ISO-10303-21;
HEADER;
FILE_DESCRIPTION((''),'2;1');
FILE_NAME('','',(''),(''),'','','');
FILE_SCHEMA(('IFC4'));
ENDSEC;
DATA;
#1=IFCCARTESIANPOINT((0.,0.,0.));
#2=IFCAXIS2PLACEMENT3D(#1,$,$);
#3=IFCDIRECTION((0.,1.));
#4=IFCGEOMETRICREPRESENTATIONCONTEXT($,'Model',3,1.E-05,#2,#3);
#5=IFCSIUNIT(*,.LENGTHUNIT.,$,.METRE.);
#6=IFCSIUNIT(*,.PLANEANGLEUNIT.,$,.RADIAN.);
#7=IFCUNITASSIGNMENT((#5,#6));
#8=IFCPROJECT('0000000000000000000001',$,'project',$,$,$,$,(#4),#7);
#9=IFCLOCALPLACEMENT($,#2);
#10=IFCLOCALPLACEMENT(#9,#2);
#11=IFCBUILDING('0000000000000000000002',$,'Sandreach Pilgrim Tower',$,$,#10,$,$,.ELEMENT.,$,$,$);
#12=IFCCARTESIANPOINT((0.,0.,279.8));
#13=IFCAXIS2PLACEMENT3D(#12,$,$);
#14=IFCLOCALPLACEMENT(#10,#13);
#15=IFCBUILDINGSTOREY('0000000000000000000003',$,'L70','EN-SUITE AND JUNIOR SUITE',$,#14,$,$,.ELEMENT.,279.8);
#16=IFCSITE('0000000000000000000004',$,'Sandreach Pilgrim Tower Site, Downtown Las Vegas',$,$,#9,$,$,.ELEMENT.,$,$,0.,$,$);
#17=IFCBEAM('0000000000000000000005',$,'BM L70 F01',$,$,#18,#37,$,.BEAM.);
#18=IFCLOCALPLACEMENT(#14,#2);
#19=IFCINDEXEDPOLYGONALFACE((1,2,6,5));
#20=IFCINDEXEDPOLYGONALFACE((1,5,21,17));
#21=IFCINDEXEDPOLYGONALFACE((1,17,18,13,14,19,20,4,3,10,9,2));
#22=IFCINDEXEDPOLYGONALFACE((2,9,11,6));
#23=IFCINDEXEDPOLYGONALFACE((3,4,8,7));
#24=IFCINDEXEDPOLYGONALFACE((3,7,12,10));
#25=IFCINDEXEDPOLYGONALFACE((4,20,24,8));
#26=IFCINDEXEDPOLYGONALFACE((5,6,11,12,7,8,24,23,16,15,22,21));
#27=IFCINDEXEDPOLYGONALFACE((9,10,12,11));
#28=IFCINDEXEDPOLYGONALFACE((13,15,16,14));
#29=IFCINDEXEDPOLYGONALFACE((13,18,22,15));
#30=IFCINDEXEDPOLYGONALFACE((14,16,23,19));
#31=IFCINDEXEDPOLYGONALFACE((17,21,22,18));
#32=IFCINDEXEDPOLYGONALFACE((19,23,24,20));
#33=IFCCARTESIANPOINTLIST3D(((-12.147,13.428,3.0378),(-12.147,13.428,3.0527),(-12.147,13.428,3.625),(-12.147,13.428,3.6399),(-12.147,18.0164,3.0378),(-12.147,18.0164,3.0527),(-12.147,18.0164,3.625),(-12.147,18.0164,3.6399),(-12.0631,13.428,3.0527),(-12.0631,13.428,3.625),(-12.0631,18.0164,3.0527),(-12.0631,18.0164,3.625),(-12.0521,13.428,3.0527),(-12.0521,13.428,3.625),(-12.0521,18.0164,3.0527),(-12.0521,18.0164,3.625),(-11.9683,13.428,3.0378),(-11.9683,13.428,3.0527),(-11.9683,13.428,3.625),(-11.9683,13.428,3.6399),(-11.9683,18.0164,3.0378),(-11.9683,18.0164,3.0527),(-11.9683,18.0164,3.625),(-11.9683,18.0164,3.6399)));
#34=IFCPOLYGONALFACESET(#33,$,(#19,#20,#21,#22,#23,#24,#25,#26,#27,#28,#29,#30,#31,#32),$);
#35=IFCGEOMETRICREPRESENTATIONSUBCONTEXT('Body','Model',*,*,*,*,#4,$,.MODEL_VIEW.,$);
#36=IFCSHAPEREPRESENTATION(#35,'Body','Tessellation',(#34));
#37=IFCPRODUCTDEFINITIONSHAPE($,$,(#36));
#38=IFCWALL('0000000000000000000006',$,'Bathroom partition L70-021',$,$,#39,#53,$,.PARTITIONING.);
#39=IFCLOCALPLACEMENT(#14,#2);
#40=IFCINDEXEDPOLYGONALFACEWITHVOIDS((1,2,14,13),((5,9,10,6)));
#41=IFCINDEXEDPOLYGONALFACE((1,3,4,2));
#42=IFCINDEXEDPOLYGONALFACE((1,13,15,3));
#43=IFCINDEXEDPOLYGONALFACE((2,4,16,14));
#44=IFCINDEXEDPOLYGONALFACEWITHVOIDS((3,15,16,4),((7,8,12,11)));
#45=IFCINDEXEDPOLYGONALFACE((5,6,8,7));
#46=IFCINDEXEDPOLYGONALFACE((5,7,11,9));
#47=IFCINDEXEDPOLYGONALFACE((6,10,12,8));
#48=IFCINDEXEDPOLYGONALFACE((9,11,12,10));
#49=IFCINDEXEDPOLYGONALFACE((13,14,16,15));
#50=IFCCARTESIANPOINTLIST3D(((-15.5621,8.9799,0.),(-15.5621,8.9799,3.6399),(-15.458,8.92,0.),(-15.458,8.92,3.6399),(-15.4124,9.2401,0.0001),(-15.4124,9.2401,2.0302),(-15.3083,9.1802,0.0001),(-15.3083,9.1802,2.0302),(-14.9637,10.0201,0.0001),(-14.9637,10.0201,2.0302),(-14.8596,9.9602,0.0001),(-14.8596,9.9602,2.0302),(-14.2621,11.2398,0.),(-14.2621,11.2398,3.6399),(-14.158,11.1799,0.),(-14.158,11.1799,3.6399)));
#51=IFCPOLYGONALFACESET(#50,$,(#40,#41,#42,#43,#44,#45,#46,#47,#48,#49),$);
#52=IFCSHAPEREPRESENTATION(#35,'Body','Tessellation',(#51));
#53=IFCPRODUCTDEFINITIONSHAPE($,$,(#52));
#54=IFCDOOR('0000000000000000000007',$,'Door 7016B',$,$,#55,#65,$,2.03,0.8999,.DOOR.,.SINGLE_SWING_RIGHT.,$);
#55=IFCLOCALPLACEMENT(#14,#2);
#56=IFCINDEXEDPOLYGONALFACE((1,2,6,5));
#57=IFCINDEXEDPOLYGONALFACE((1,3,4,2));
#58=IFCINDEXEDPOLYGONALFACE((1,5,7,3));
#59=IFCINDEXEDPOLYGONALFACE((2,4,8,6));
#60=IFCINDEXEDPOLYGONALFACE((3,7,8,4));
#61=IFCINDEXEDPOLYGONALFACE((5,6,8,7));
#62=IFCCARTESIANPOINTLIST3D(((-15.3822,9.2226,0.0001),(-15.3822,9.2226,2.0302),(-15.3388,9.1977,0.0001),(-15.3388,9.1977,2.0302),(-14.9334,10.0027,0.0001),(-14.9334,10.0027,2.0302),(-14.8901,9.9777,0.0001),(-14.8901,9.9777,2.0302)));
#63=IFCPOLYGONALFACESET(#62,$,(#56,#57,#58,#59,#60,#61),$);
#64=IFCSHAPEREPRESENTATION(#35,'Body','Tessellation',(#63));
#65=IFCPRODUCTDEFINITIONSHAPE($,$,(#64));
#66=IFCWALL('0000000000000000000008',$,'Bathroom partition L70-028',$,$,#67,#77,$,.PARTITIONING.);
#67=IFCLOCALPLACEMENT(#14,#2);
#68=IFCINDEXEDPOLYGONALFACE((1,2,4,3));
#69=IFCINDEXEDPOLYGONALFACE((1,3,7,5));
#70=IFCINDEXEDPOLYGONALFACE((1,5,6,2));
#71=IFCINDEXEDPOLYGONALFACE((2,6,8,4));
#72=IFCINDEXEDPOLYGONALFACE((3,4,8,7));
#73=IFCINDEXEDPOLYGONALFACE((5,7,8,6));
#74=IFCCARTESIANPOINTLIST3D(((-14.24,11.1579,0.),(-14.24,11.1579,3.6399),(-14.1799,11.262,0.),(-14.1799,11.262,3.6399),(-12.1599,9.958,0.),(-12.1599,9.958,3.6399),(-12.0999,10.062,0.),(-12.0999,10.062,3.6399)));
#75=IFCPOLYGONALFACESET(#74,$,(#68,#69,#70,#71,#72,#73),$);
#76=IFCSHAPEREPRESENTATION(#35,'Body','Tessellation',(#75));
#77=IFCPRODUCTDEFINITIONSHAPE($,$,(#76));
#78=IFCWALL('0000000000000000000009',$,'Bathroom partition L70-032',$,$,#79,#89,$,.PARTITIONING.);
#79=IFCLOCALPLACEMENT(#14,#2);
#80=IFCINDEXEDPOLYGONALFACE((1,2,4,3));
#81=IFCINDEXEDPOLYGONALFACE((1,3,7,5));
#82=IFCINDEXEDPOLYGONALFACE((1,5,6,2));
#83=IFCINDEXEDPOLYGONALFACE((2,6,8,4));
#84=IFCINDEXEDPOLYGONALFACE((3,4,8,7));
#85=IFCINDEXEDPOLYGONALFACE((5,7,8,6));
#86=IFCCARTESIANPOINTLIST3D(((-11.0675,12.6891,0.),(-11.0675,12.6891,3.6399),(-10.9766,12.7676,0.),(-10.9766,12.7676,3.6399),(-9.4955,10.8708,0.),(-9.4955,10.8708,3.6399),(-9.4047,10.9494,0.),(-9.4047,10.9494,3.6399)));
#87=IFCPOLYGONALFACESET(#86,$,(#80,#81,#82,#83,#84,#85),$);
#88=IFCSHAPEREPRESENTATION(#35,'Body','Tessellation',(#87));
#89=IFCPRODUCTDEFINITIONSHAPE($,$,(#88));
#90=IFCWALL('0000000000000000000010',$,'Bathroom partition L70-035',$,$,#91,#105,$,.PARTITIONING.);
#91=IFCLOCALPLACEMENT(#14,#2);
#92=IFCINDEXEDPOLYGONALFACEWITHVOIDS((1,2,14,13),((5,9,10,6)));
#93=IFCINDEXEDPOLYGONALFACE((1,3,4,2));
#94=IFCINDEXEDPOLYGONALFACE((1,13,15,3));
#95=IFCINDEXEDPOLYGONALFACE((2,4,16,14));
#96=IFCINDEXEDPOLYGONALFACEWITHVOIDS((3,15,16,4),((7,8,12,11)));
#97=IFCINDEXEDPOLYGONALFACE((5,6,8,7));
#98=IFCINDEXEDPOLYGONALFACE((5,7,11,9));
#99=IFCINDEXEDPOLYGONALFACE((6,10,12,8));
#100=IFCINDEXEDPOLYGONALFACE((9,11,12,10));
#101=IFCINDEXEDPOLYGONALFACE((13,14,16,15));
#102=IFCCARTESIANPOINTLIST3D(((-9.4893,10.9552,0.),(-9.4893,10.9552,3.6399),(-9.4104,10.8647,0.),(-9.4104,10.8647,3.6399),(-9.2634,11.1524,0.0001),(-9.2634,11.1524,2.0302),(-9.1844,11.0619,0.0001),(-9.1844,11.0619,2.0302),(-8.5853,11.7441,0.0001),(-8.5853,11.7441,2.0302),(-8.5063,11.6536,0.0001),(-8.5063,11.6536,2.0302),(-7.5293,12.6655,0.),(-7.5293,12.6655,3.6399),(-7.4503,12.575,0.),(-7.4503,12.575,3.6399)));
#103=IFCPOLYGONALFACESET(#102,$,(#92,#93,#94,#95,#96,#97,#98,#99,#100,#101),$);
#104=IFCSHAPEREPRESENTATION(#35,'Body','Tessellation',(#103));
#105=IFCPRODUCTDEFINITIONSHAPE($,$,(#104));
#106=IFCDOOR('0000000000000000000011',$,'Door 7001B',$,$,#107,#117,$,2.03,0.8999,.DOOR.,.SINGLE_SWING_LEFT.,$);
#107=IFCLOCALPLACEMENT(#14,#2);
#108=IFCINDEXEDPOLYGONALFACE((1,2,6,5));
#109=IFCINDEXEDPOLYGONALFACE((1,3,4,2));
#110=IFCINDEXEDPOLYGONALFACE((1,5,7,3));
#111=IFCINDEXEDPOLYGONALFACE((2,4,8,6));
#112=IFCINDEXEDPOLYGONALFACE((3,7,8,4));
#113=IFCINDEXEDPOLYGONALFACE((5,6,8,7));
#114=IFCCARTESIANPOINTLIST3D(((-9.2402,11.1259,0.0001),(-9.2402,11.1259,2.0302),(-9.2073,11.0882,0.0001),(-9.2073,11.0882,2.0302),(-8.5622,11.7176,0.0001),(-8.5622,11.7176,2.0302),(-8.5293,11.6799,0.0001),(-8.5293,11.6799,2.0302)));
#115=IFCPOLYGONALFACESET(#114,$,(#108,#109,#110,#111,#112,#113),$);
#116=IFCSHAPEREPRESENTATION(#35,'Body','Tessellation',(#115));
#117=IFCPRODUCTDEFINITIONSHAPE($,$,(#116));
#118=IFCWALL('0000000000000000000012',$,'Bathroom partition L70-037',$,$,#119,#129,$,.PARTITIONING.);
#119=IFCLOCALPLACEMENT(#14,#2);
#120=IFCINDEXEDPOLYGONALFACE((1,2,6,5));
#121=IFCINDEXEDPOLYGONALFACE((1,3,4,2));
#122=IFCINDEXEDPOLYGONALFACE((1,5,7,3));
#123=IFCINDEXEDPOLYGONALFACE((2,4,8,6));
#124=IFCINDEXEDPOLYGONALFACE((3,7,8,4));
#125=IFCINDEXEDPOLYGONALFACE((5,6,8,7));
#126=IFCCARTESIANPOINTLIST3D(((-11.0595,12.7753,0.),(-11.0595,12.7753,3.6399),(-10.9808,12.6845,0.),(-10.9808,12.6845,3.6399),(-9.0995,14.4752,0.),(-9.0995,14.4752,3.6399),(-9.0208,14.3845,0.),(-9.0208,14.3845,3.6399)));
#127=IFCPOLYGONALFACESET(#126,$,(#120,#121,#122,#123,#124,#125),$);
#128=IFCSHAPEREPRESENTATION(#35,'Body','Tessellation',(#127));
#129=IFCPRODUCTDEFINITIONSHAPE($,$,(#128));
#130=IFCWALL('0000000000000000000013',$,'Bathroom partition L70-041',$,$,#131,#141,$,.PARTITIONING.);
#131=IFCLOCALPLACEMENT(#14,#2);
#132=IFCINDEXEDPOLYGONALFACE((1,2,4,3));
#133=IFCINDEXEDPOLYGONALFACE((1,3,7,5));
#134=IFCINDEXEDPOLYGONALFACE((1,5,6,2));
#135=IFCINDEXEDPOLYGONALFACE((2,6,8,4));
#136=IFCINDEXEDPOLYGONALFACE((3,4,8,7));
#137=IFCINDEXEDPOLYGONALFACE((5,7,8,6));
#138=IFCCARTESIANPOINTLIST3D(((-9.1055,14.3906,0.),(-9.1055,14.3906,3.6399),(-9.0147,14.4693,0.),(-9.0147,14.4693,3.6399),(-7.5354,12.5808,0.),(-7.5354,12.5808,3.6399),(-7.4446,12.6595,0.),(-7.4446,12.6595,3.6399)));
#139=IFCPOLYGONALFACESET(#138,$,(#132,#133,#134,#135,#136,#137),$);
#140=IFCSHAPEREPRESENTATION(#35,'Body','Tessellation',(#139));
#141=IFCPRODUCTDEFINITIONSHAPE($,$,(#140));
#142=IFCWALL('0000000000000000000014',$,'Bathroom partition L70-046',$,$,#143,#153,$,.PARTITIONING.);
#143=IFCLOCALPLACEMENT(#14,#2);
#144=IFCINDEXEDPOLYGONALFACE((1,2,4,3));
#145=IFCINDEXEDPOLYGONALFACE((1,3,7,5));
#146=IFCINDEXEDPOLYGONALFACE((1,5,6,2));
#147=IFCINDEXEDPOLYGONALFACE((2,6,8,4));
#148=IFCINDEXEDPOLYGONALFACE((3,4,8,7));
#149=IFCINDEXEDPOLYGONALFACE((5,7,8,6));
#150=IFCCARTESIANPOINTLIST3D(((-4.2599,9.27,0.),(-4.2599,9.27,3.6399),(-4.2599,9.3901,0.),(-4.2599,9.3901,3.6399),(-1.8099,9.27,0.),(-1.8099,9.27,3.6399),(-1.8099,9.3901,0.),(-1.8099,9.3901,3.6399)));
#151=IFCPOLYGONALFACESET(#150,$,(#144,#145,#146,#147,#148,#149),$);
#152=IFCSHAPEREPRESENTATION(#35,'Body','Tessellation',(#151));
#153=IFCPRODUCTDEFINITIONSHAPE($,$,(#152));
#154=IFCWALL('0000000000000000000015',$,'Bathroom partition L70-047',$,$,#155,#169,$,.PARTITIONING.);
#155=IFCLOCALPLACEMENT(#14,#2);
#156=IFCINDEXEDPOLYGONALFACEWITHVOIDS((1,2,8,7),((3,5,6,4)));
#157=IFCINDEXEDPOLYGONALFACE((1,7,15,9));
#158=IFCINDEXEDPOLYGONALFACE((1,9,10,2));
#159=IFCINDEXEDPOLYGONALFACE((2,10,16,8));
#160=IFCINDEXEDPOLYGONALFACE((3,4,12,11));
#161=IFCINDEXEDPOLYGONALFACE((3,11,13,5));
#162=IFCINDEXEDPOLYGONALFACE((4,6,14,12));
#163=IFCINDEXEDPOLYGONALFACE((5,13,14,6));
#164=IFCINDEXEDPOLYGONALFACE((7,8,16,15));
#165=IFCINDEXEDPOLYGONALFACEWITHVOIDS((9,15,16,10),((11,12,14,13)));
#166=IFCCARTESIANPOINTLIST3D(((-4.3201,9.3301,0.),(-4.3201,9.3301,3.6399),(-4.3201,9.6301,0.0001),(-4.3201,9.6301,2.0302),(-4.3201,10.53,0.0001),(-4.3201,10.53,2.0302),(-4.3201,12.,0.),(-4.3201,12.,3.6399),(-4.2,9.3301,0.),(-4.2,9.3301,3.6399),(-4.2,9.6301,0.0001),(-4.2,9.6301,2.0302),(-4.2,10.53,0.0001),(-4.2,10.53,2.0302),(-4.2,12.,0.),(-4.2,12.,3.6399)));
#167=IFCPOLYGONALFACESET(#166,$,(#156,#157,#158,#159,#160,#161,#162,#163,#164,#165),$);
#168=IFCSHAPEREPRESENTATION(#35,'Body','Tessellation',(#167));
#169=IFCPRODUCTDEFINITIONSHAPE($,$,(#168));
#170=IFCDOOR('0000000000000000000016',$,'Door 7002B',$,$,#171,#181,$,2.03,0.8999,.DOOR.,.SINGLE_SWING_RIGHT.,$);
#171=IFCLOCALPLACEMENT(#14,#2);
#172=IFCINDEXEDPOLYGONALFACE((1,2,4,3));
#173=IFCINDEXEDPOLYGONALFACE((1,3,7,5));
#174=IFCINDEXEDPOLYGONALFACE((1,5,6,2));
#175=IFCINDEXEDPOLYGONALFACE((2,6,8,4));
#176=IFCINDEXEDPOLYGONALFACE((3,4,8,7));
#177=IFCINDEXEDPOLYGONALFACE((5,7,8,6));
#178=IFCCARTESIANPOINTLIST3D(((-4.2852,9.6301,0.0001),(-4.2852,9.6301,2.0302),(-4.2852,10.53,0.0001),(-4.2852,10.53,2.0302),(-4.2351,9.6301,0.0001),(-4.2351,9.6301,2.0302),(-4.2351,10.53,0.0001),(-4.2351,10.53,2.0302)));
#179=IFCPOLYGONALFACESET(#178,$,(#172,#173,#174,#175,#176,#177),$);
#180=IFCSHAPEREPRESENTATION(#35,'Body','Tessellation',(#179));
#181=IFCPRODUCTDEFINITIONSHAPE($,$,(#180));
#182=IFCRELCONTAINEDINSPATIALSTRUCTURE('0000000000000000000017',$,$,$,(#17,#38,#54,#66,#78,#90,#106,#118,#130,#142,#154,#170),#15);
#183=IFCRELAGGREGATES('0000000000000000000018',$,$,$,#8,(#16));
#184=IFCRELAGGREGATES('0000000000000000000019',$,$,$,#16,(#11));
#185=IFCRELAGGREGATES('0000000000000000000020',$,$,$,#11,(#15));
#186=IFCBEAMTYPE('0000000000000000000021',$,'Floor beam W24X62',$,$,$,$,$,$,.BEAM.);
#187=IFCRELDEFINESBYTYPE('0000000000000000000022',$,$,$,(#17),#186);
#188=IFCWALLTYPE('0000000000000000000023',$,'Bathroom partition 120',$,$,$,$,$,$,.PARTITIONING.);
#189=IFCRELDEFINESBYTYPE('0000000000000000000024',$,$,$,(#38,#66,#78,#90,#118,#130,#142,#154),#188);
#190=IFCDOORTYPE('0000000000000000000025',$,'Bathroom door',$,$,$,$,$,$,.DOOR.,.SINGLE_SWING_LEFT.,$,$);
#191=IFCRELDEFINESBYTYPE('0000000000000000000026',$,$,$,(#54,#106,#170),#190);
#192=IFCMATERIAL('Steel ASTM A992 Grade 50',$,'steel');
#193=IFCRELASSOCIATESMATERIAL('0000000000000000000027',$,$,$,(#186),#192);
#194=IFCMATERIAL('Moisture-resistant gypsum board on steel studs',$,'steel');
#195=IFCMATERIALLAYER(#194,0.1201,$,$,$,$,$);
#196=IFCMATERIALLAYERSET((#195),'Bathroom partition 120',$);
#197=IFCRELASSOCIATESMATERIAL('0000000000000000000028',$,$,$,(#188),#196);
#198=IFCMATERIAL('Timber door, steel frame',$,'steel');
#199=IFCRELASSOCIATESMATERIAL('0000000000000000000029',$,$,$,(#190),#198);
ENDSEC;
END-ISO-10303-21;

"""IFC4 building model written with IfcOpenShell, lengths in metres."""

from ifc_helpers import new_model, si_unit, direction, frame, frame_2d, origin, origin_2d, place, context, subcontext, project, spatial, rectangle, i_section, extrude, material, layer, layer_set, material_profile, profile_set, type_object, element, fill, save


model = new_model("IFC4")

# Units and contexts
model_context = context("Model", 3, precision=1e-05, world=origin(), true_north=direction((0.0, 1.0)))
body_context = subcontext(model_context, "Body", "Model", "MODEL_VIEW")
ifc_project = project(units=[si_unit("LENGTHUNIT", "METRE"), si_unit("PLANEANGLEUNIT", "RADIAN")], contexts=[model_context])

# Site, building, storey
site_placement = place(None, origin())
site = spatial("IfcSite", under=ifc_project, at=site_placement, Name="Sandreach Pilgrim Tower Site, Downtown Las Vegas", CompositionType="ELEMENT", RefElevation=0.0)
building_placement = place(site_placement, origin())
building = spatial("IfcBuilding", under=site, at=building_placement, Name="Sandreach Pilgrim Tower", CompositionType="ELEMENT")
storey_placement = place(building_placement, frame((0.0, 0.0, 279.8)))
storey = spatial("IfcBuildingStorey", under=building, at=storey_placement, Name="L70", Description="EN-SUITE AND JUNIOR SUITE", CompositionType="ELEMENT", Elevation=279.8)

# Beam
ifc_material_1 = material(Name="Steel ASTM A992 Grade 50", Category="steel")
ifc_material_profile = material_profile(ifc_material_1, i_section(OverallWidth=0.1787, OverallDepth=0.6021, WebThickness=0.011, FlangeThickness=0.0149, at=origin_2d()), Name="W24X62")
ifc_profile_set = profile_set([ifc_material_profile], Name="Steel ASTM A992 Grade 50")
beam_type = type_object("IfcBeamType", Name="Floor beam W24X62", PredefinedType="BEAM", material=ifc_profile_set)
beam_placement = place(storey_placement, frame((-12.0576, 18.0164, 3.3389), z_axis=(0.0, -1.0, 0.0), x_axis=(1.0, 0.0, 0.0)))
element("IfcBeam", 1, at=beam_placement, inside=storey, type_object=beam_type, Name="BM L70 F01", PredefinedType="BEAM", context=body_context, shape_type="SweptSolid", body=[
    extrude(i_section(OverallWidth=0.1787, OverallDepth=0.6021, WebThickness=0.011, FlangeThickness=0.0149, at=origin_2d()), origin(), (0.0, 0.0, 1.0), 4.5884),
])

# Wall, opening, door
ifc_material_2 = material(Name="Moisture-resistant gypsum board on steel studs", Category="steel")
ifc_layer_1 = layer(ifc_material_2, 0.1201)
ifc_layer_set_1 = layer_set([ifc_layer_1], Name="Bathroom partition 120")
wall_type_1 = type_object("IfcWallType", Name="Bathroom partition 120", PredefinedType="PARTITIONING", material=ifc_layer_set_1)
wall_1_placement = place(storey_placement, frame((-14.21, 11.21, 0.0), z_axis=(0.0, 0.0, 1.0), x_axis=(-0.498628, -0.866816, 0.0)))
wall_1 = element("IfcWall", 2, at=wall_1_placement, inside=storey, type_object=wall_type_1, Name="Bathroom partition L70-021", PredefinedType="PARTITIONING", context=body_context, shape_type="SweptSolid", body=[
    extrude(rectangle(XDim=2.6072, YDim=0.1201, at=frame_2d((1.3037, 0.0))), origin(), (0.0, 0.0, 1.0), 3.6399),
])
opening_1_placement = place(wall_1_placement, frame((1.4072, 0.0, 0.0)))
opening_1 = element("IfcOpeningElement", 3, at=opening_1_placement, cuts=wall_1, PredefinedType="OPENING", context=body_context, shape_type="SweptSolid", body=[
    extrude(rectangle(XDim=0.8999, YDim=2.03, at=frame_2d((0.45, 1.0151))), frame((0.0, 0.0601, 0.0), z_axis=(0.0, -1.0, 0.0), x_axis=(1.0, 0.0, 0.0)), (0.0, 0.0, 1.0), 0.1201),
])
ifc_material_3 = material(Name="Timber door, steel frame", Category="steel")
door_type_1 = type_object("IfcDoorType", Name="Bathroom door", OperationType="SINGLE_SWING_LEFT", PredefinedType="DOOR", material=ifc_material_3)
door_1_placement = place(opening_1_placement, origin())
door_1 = element("IfcDoor", 4, at=door_1_placement, inside=storey, type_object=door_type_1, Name="Door 7016B", OperationType="SINGLE_SWING_RIGHT", OverallHeight=2.03, OverallWidth=0.8999, PredefinedType="DOOR", context=body_context, shape_type="SweptSolid", body=[
    extrude(rectangle(XDim=0.8999, YDim=2.03, at=frame_2d((0.45, 1.0151))), frame((0.0, 0.0249, 0.0), z_axis=(0.0, -1.0, 0.0), x_axis=(1.0, 0.0, 0.0)), (0.0, 0.0, 1.0), 0.05),
])
fill(opening_1, door_1)

# Walls
wall_2_placement = place(storey_placement, frame((-12.1299, 10.01, 0.0), z_axis=(0.0, 0.0, 1.0), x_axis=(-0.866203, 0.499693, 0.0)))
element("IfcWall", 5, at=wall_2_placement, inside=storey, type_object=wall_type_1, Name="Bathroom partition L70-028", PredefinedType="PARTITIONING", context=body_context, shape_type="SweptSolid", body=[
    extrude(rectangle(XDim=2.4014, YDim=0.1201, at=frame_2d((1.2007, 0.0))), origin(), (0.0, 0.0, 1.0), 3.6399),
])
wall_3_placement = place(storey_placement, frame((-11.022, 12.7283, 0.0), z_axis=(0.0, 0.0, 1.0), x_axis=(0.654006, -0.756489, 0.0)))
element("IfcWall", 6, at=wall_3_placement, inside=storey, type_object=wall_type_1, Name="Bathroom partition L70-032", PredefinedType="PARTITIONING", context=body_context, shape_type="SweptSolid", body=[
    extrude(rectangle(XDim=2.4036, YDim=0.1201, at=frame_2d((1.2017, 0.0))), origin(), (0.0, 0.0, 1.0), 3.6399),
])

# Wall, opening, door
wall_4_placement = place(storey_placement, frame((-9.45, 10.9099, 0.0), z_axis=(0.0, 0.0, 1.0), x_axis=(0.753483, 0.657467, 0.0)))
wall_4 = element("IfcWall", 7, at=wall_4_placement, inside=storey, type_object=wall_type_1, Name="Bathroom partition L70-035", PredefinedType="PARTITIONING", context=body_context, shape_type="SweptSolid", body=[
    extrude(rectangle(XDim=2.6013, YDim=0.1201, at=frame_2d((1.3008, 0.0))), origin(), (0.0, 0.0, 1.0), 3.6399),
])
opening_2_placement = place(wall_4_placement, frame((0.3, 0.0, 0.0)))
opening_2 = element("IfcOpeningElement", 8, at=opening_2_placement, cuts=wall_4, PredefinedType="OPENING", context=body_context, shape_type="SweptSolid", body=[
    extrude(rectangle(XDim=0.8999, YDim=2.03, at=frame_2d((0.45, 1.0151))), frame((0.0, 0.0601, 0.0), z_axis=(0.0, -1.0, 0.0), x_axis=(1.0, 0.0, 0.0)), (0.0, 0.0, 1.0), 0.1201),
])
door_2_placement = place(opening_2_placement, origin())
door_2 = element("IfcDoor", 9, at=door_2_placement, inside=storey, type_object=door_type_1, Name="Door 7001B", OperationType="SINGLE_SWING_LEFT", OverallHeight=2.03, OverallWidth=0.8999, PredefinedType="DOOR", context=body_context, shape_type="SweptSolid", body=[
    extrude(rectangle(XDim=0.8999, YDim=2.03, at=frame_2d((0.45, 1.0151))), frame((0.0, 0.0249, 0.0), z_axis=(0.0, -1.0, 0.0), x_axis=(1.0, 0.0, 0.0)), (0.0, 0.0, 1.0), 0.05),
])
fill(opening_2, door_2)

# Walls
wall_5_placement = place(storey_placement, frame((-9.0601, 14.4299, 0.0), z_axis=(0.0, 0.0, 1.0), x_axis=(-0.755438, -0.655221, 0.0)))
element("IfcWall", 10, at=wall_5_placement, inside=storey, type_object=wall_type_1, Name="Bathroom partition L70-037", PredefinedType="PARTITIONING", context=body_context, shape_type="SweptSolid", body=[
    extrude(rectangle(XDim=2.5945, YDim=0.1201, at=frame_2d((1.2974, 0.0))), origin(), (0.0, 0.0, 1.0), 3.6399),
])
wall_6_placement = place(storey_placement, frame((-7.49, 12.6201, 0.0), z_axis=(0.0, 0.0, 1.0), x_axis=(-0.655303, 0.755366, 0.0)))
element("IfcWall", 11, at=wall_6_placement, inside=storey, type_object=wall_type_1, Name="Bathroom partition L70-041", PredefinedType="PARTITIONING", context=body_context, shape_type="SweptSolid", body=[
    extrude(rectangle(XDim=2.396, YDim=0.1201, at=frame_2d((1.198, 0.0))), origin(), (0.0, 0.0, 1.0), 3.6399),
])
wall_7_placement = place(storey_placement, frame((-4.26, 9.3301, 0.0), z_axis=(0.0, 0.0, 1.0), x_axis=(1.0, 0.0, 0.0)))
element("IfcWall", 12, at=wall_7_placement, inside=storey, type_object=wall_type_1, Name="Bathroom partition L70-046", PredefinedType="PARTITIONING", context=body_context, shape_type="SweptSolid", body=[
    extrude(rectangle(XDim=2.45, YDim=0.1201, at=frame_2d((1.2251, 0.0))), origin(), (0.0, 0.0, 1.0), 3.6399),
])

# Wall, opening, door
wall_8_placement = place(storey_placement, frame((-4.26, 12.0, 0.0), z_axis=(0.0, 0.0, 1.0), x_axis=(0.0, -1.0, 0.0)))
wall_8 = element("IfcWall", 13, at=wall_8_placement, inside=storey, type_object=wall_type_1, Name="Bathroom partition L70-047", PredefinedType="PARTITIONING", context=body_context, shape_type="SweptSolid", body=[
    extrude(rectangle(XDim=2.6699, YDim=0.1201, at=frame_2d((1.335, 0.0))), origin(), (0.0, 0.0, 1.0), 3.6399),
])
opening_3_placement = place(wall_8_placement, frame((1.47, 0.0, 0.0)))
opening_3 = element("IfcOpeningElement", 14, at=opening_3_placement, cuts=wall_8, PredefinedType="OPENING", context=body_context, shape_type="SweptSolid", body=[
    extrude(rectangle(XDim=0.8999, YDim=2.03, at=frame_2d((0.45, 1.0151))), frame((0.0, 0.0601, 0.0), z_axis=(0.0, -1.0, 0.0), x_axis=(1.0, 0.0, 0.0)), (0.0, 0.0, 1.0), 0.1201),
])
door_3_placement = place(opening_3_placement, origin())
door_3 = element("IfcDoor", 15, at=door_3_placement, inside=storey, type_object=door_type_1, Name="Door 7002B", OperationType="SINGLE_SWING_RIGHT", OverallHeight=2.03, OverallWidth=0.8999, PredefinedType="DOOR", context=body_context, shape_type="SweptSolid", body=[
    extrude(rectangle(XDim=0.8999, YDim=2.03, at=frame_2d((0.45, 1.0151))), frame((0.0, 0.0249, 0.0), z_axis=(0.0, -1.0, 0.0), x_axis=(1.0, 0.0, 0.0)), (0.0, 0.0, 1.0), 0.05),
])
fill(opening_3, door_3)

save(model, "model.ifc")
